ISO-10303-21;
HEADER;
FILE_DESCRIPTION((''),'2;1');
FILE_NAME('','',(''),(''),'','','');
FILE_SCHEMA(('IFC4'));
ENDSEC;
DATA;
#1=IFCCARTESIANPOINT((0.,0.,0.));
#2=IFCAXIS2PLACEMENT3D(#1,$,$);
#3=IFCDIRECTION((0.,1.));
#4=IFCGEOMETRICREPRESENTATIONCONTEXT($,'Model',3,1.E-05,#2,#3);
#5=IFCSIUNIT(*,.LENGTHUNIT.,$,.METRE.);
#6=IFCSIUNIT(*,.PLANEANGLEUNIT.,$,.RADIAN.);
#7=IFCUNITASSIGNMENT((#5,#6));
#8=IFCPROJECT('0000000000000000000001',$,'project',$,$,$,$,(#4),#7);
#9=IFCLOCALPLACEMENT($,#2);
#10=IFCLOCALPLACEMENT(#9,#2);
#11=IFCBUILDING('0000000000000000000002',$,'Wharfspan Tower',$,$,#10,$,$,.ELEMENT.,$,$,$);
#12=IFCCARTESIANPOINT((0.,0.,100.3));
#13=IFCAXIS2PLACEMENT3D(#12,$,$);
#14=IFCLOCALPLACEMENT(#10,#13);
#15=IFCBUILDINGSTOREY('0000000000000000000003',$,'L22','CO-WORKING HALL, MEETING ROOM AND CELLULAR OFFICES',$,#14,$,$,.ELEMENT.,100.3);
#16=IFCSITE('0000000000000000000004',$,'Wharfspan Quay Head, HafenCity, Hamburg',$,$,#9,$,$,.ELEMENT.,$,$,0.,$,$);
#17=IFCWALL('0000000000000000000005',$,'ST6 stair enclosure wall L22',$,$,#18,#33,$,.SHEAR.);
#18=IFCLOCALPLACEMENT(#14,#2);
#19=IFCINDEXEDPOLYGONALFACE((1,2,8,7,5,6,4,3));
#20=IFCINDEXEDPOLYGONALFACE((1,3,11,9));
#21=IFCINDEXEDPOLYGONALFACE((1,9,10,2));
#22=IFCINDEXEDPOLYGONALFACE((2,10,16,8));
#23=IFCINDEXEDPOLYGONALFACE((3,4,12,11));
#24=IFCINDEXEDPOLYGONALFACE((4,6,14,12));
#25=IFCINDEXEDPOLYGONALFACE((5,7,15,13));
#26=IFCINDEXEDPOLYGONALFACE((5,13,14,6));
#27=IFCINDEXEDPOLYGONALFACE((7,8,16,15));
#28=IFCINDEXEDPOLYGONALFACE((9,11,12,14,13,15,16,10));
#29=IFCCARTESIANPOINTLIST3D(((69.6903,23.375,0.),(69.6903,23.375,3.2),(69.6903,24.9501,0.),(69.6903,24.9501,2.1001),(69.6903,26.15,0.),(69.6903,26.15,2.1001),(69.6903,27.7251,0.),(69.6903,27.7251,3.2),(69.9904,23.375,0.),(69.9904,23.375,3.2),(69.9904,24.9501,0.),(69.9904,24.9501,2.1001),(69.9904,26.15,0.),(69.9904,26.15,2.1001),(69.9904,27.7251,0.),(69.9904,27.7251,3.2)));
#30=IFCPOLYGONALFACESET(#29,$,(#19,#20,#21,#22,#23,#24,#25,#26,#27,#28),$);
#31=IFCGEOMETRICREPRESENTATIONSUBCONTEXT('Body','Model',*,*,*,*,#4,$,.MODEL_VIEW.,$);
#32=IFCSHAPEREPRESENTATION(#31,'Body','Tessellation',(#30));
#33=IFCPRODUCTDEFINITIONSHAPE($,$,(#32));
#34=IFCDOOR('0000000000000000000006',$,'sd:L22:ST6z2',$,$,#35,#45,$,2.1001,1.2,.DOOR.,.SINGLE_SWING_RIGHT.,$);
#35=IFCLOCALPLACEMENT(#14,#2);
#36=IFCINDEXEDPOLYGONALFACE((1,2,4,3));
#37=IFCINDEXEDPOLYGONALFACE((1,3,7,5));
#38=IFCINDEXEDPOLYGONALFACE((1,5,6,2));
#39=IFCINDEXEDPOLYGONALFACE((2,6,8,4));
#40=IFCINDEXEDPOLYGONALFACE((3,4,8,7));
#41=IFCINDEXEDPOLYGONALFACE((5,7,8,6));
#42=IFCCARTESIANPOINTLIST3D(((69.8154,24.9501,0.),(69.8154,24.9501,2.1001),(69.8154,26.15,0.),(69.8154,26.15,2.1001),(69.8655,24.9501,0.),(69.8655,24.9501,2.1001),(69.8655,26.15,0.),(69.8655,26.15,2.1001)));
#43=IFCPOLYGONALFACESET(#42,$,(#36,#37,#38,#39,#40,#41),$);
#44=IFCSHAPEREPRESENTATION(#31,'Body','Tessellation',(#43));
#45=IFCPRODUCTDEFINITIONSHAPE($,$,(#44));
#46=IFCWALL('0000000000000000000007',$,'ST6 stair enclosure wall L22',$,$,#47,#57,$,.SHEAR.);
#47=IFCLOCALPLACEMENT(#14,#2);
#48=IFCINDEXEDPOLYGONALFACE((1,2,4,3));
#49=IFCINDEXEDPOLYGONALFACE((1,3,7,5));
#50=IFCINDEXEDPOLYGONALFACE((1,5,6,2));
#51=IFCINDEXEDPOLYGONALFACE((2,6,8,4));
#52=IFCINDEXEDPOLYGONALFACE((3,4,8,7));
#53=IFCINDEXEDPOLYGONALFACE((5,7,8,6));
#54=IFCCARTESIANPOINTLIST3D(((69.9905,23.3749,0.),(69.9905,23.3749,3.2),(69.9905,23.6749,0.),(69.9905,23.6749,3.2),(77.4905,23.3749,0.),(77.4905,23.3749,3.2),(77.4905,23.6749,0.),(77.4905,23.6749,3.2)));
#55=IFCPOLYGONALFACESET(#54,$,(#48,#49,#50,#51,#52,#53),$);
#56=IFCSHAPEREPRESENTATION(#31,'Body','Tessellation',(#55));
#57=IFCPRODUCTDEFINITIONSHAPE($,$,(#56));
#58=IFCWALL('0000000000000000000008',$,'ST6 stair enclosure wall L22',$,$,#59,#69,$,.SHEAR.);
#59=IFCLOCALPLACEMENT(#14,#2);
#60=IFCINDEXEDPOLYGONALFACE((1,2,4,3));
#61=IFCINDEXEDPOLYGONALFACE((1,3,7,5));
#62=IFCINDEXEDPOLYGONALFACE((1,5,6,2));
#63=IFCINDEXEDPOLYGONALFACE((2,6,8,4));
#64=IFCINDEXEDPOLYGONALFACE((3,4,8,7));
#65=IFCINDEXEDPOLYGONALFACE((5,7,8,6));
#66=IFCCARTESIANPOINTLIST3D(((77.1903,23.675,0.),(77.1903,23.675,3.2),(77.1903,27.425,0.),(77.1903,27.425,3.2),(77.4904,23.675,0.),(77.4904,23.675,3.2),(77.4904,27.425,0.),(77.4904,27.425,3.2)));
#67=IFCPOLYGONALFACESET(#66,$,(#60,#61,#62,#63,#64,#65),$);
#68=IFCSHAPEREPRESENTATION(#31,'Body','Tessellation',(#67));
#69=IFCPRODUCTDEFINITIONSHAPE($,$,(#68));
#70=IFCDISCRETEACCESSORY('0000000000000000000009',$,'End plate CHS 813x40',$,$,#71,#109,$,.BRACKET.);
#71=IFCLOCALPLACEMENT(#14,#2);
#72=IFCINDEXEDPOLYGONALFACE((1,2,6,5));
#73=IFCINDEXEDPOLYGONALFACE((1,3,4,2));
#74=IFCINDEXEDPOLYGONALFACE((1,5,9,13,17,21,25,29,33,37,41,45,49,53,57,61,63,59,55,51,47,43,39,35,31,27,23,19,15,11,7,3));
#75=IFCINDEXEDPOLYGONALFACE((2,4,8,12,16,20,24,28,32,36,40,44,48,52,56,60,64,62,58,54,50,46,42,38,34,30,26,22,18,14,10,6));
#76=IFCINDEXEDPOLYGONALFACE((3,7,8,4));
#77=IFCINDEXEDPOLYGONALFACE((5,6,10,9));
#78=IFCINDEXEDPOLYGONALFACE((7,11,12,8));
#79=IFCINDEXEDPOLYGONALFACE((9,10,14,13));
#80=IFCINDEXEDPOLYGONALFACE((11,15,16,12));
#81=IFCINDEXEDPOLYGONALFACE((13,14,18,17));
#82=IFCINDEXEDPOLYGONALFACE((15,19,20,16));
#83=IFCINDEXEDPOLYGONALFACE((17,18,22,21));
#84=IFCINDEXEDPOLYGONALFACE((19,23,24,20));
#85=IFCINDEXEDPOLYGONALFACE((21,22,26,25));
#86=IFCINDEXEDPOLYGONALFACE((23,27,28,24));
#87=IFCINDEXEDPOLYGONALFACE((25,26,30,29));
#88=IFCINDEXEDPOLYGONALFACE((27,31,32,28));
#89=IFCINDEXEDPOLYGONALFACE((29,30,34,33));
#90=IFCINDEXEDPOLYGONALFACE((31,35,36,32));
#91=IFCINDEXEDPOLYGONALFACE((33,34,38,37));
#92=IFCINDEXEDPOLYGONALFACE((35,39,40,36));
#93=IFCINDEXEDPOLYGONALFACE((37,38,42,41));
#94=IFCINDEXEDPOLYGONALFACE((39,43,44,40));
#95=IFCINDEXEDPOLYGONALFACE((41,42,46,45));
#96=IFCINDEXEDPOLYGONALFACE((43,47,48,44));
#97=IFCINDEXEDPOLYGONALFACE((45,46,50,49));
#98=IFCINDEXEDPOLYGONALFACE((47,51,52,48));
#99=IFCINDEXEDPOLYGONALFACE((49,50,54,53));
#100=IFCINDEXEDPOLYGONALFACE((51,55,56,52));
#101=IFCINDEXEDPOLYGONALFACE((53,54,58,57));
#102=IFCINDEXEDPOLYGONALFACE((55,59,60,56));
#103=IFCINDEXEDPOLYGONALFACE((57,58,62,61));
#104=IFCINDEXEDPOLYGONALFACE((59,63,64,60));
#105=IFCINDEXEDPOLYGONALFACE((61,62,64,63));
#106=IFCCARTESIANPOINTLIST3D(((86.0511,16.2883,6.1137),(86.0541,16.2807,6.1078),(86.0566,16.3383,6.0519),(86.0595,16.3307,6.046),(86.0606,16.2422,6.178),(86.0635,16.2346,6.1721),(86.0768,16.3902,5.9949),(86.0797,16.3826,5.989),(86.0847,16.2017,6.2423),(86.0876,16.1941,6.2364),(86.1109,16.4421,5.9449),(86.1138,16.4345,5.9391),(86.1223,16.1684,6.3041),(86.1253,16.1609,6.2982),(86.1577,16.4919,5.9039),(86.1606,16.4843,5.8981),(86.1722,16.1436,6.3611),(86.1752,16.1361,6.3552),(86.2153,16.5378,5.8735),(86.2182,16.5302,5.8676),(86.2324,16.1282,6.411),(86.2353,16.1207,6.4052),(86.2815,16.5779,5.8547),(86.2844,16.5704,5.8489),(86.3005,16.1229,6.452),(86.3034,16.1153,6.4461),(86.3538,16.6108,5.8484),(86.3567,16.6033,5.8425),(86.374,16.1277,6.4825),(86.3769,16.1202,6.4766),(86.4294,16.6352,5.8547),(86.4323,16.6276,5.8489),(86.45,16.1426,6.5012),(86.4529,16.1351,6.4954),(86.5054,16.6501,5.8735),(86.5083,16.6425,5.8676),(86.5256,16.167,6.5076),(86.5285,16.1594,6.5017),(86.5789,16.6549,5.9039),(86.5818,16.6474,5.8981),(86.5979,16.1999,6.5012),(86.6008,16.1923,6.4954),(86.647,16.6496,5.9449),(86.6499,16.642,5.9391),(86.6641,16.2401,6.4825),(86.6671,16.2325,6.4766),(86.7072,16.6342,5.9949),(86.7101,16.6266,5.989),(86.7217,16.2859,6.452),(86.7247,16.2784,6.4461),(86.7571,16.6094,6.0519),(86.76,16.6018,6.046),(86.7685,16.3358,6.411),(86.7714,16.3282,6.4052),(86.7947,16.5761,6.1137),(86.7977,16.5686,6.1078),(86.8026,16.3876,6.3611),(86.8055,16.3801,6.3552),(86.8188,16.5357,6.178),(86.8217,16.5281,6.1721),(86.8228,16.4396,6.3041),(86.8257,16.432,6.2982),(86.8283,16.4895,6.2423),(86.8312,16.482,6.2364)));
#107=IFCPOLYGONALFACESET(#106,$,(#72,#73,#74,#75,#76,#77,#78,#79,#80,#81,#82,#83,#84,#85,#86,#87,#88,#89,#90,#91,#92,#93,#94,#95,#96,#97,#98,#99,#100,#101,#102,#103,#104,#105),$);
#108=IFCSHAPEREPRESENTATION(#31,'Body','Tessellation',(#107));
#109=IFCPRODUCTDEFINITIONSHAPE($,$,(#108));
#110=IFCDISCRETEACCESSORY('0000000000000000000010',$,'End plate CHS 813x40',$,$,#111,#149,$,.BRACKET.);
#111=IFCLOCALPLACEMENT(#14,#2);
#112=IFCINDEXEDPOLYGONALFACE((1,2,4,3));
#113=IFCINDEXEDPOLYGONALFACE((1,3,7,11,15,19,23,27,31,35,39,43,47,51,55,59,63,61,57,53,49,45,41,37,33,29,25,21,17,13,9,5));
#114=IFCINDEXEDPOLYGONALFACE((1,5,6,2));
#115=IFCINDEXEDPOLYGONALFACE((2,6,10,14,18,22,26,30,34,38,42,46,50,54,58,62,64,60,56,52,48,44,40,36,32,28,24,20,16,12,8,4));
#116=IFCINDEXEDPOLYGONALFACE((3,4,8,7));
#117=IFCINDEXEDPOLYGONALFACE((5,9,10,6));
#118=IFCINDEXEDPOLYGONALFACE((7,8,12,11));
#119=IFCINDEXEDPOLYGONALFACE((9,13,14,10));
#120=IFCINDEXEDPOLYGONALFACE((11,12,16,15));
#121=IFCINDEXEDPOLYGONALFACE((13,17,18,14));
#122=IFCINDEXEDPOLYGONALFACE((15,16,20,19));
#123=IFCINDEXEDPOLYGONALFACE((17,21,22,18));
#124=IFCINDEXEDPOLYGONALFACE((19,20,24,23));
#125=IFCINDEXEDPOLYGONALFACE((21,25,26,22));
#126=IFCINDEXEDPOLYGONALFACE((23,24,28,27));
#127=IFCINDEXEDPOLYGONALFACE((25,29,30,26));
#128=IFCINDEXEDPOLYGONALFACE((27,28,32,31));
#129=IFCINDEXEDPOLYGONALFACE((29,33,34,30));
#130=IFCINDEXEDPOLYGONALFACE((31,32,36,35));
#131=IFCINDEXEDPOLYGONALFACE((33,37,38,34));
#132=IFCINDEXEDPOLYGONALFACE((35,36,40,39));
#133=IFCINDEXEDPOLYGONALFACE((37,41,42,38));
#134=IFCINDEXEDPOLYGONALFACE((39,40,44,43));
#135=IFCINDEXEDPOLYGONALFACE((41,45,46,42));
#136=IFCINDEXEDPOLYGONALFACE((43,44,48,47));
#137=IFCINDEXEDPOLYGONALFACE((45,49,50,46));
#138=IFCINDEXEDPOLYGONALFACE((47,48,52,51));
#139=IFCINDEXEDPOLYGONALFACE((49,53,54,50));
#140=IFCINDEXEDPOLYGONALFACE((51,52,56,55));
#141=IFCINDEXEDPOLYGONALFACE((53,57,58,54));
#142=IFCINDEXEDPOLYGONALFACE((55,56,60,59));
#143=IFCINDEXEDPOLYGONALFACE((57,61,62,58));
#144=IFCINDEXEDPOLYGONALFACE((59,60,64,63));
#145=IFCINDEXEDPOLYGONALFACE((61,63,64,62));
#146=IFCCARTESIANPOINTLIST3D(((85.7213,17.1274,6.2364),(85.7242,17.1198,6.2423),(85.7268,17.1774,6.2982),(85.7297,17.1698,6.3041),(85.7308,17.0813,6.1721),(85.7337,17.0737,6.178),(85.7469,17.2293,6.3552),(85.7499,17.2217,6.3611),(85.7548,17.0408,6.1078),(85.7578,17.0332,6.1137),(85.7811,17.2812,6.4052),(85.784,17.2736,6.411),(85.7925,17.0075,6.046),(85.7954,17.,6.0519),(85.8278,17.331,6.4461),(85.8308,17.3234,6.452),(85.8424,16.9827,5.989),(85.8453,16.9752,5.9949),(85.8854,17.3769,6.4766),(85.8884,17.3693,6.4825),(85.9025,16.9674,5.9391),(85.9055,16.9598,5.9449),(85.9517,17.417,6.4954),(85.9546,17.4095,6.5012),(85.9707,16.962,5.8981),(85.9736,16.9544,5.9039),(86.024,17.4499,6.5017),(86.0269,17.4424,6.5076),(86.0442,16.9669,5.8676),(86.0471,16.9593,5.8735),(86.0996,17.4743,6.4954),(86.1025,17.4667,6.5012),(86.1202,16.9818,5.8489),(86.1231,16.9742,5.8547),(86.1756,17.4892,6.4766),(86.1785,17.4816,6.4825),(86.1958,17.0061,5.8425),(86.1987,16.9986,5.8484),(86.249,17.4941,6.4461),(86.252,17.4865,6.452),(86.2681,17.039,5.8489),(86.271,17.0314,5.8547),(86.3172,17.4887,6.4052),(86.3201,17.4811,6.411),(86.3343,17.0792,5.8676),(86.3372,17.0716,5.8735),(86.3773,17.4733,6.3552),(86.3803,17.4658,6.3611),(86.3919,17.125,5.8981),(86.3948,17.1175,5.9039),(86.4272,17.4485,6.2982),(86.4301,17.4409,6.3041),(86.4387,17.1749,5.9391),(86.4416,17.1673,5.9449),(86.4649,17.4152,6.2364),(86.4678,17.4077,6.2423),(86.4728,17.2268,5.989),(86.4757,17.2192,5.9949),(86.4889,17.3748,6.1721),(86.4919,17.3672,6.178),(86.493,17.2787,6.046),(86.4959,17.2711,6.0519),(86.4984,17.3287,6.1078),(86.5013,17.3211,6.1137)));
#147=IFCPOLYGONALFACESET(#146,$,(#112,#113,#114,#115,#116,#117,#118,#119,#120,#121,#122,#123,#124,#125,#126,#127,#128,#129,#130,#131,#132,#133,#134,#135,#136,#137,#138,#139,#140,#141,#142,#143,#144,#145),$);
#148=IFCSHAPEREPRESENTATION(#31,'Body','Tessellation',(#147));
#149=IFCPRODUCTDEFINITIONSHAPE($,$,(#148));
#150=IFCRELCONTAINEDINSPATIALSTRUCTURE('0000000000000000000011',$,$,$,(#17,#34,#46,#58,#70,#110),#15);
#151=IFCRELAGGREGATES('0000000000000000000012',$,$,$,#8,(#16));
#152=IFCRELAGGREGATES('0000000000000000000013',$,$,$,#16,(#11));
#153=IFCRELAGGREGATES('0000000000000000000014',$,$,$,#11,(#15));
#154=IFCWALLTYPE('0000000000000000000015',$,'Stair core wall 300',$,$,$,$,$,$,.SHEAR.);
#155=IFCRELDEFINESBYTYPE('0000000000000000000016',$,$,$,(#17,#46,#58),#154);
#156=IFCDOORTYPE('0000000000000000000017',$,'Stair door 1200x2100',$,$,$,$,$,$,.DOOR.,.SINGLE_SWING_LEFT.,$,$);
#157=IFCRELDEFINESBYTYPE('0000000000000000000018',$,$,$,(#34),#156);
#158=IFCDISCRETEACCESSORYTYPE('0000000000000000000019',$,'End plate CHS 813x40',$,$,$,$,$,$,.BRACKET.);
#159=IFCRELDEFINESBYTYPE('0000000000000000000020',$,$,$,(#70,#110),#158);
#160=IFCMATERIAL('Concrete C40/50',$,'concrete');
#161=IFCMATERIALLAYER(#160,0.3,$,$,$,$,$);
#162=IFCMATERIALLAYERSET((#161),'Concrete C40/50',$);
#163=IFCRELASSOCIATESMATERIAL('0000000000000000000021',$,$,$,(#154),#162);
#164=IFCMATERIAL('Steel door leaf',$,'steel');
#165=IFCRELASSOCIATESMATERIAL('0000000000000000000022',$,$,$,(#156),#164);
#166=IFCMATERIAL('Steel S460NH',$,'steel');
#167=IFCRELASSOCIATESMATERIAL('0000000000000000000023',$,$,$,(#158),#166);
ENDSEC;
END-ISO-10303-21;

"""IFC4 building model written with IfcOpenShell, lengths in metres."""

from ifc_helpers import new_model, si_unit, direction, frame, frame_2d, origin, origin_2d, place, context, subcontext, project, spatial, rectangle, circle, extrude, material, layer, layer_set, material_profile, profile_set, type_object, element, fill, save


model = new_model("IFC4")

# Units and contexts
model_context = context("Model", 3, precision=1e-05, world=origin(), true_north=direction((0.0, 1.0)))
body_context = subcontext(model_context, "Body", "Model", "MODEL_VIEW")
ifc_project = project(units=[si_unit("LENGTHUNIT", "METRE"), si_unit("PLANEANGLEUNIT", "RADIAN")], contexts=[model_context])

# Site, building, storey
site_placement = place(None, origin())
site = spatial("IfcSite", under=ifc_project, at=site_placement, Name="Wharfspan Quay Head, HafenCity, Hamburg", CompositionType="ELEMENT", RefElevation=0.0)
building_placement = place(site_placement, origin())
building = spatial("IfcBuilding", under=site, at=building_placement, Name="Wharfspan Tower", CompositionType="ELEMENT")
storey_placement = place(building_placement, frame((0.0, 0.0, 100.3)))
storey = spatial("IfcBuildingStorey", under=building, at=storey_placement, Name="L22", Description="CO-WORKING HALL, MEETING ROOM AND CELLULAR OFFICES", CompositionType="ELEMENT", Elevation=100.3)

# Shared definitions
ifc_material_1 = material(Name="Steel S460NH", Category="steel")

# Wall, opening, door
ifc_material_2 = material(Name="Concrete C40/50", Category="concrete")
ifc_layer_1 = layer(ifc_material_2, 0.3)
ifc_layer_set_1 = layer_set([ifc_layer_1], Name="Concrete C40/50")
wall_type_1 = type_object("IfcWallType", Name="Stair core wall 300", PredefinedType="SHEAR", material=ifc_layer_set_1)
wall_1_placement = place(storey_placement, frame((69.8403, 23.375, 0.0), z_axis=(0.0, 0.0, 1.0), x_axis=(0.0, 1.0, 0.0)))
wall_1 = element("IfcWall", 1, at=wall_1_placement, inside=storey, type_object=wall_type_1, Name="ST6 stair enclosure wall L22", PredefinedType="SHEAR", context=body_context, shape_type="SweptSolid", body=[
    extrude(rectangle(XDim=4.3501, YDim=0.3, at=frame_2d((2.175, 0.0))), origin(), (0.0, 0.0, 1.0), 3.2),
])
opening_placement = place(wall_1_placement, frame((1.575, 0.0, 0.0)))
opening = element("IfcOpeningElement", 2, at=opening_placement, cuts=wall_1, PredefinedType="OPENING", context=body_context, shape_type="SweptSolid", body=[
    extrude(rectangle(XDim=1.2, YDim=2.1001, at=frame_2d((0.6001, 1.05))), frame((0.0, 0.1599, 0.0), z_axis=(0.0, -1.0, 0.0), x_axis=(1.0, 0.0, 0.0)), (0.0, 0.0, 1.0), 0.3201),
])
ifc_material_3 = material(Name="Steel door leaf", Category="steel")
door_type = type_object("IfcDoorType", Name="Stair door 1200x2100", OperationType="SINGLE_SWING_LEFT", PredefinedType="DOOR", material=ifc_material_3)
door_placement = place(opening_placement, origin())
door = element("IfcDoor", 3, at=door_placement, inside=storey, type_object=door_type, Name="sd:L22:ST6z2", OperationType="SINGLE_SWING_RIGHT", OverallHeight=2.1001, OverallWidth=1.2, PredefinedType="DOOR", context=body_context, shape_type="SweptSolid", body=[
    extrude(rectangle(XDim=1.2, YDim=2.1001, at=frame_2d((0.6001, 1.05))), frame((0.0, 0.0249, 0.0), z_axis=(0.0, -1.0, 0.0), x_axis=(1.0, 0.0, 0.0)), (0.0, 0.0, 1.0), 0.05),
])
fill(opening, door)

# Walls
wall_2_placement = place(storey_placement, frame((69.9905, 23.5249, 0.0), z_axis=(0.0, 0.0, 1.0), x_axis=(1.0, 0.0, 0.0)))
element("IfcWall", 4, at=wall_2_placement, inside=storey, type_object=wall_type_1, Name="ST6 stair enclosure wall L22", PredefinedType="SHEAR", context=body_context, shape_type="SweptSolid", body=[
    extrude(rectangle(XDim=7.5, YDim=0.3, at=frame_2d((3.75, 0.0))), origin(), (0.0, 0.0, 1.0), 3.2),
])
wall_3_placement = place(storey_placement, frame((77.3403, 23.675, 0.0), z_axis=(0.0, 0.0, 1.0), x_axis=(0.0, 1.0, 0.0)))
element("IfcWall", 5, at=wall_3_placement, inside=storey, type_object=wall_type_1, Name="ST6 stair enclosure wall L22", PredefinedType="SHEAR", context=body_context, shape_type="SweptSolid", body=[
    extrude(rectangle(XDim=3.75, YDim=0.3, at=frame_2d((1.875, 0.0))), origin(), (0.0, 0.0, 1.0), 3.2),
])

# Discrete accessories
ifc_material_profile_1 = material_profile(ifc_material_1, circle(Radius=0.4065, at=origin_2d()))
ifc_profile_set_1 = profile_set([ifc_material_profile_1], Name="Steel S460NH")
discrete_accessory_type = type_object("IfcDiscreteAccessoryType", Name="End plate CHS 813x40", PredefinedType="BRACKET", material=ifc_profile_set_1)
for number, where, z_axis, x_axis, name in (
    (6, (86.4426, 16.3813, 6.1721), (-0.292683, 0.756098, 0.585366), (-0.932565, -0.360992, -0.000001), "End plate CHS 813x40"),
    (7, (86.1099, 17.228, 6.1721), (0.292683, -0.756098, 0.585366), (0.932565, 0.360992, -0.000001), "End plate CHS 813x40"),
):
    element("IfcDiscreteAccessory", number, at=place(storey_placement, frame(where, z_axis=z_axis, x_axis=x_axis)), inside=storey, type_object=discrete_accessory_type, Name=name, PredefinedType="BRACKET", context=body_context, shape_type="SweptSolid", body=[
        extrude(circle(Radius=0.4065, at=origin_2d()), origin(), (0.0, 0.0, 1.0), 0.01),
    ])

save(model, "model.ifc")
